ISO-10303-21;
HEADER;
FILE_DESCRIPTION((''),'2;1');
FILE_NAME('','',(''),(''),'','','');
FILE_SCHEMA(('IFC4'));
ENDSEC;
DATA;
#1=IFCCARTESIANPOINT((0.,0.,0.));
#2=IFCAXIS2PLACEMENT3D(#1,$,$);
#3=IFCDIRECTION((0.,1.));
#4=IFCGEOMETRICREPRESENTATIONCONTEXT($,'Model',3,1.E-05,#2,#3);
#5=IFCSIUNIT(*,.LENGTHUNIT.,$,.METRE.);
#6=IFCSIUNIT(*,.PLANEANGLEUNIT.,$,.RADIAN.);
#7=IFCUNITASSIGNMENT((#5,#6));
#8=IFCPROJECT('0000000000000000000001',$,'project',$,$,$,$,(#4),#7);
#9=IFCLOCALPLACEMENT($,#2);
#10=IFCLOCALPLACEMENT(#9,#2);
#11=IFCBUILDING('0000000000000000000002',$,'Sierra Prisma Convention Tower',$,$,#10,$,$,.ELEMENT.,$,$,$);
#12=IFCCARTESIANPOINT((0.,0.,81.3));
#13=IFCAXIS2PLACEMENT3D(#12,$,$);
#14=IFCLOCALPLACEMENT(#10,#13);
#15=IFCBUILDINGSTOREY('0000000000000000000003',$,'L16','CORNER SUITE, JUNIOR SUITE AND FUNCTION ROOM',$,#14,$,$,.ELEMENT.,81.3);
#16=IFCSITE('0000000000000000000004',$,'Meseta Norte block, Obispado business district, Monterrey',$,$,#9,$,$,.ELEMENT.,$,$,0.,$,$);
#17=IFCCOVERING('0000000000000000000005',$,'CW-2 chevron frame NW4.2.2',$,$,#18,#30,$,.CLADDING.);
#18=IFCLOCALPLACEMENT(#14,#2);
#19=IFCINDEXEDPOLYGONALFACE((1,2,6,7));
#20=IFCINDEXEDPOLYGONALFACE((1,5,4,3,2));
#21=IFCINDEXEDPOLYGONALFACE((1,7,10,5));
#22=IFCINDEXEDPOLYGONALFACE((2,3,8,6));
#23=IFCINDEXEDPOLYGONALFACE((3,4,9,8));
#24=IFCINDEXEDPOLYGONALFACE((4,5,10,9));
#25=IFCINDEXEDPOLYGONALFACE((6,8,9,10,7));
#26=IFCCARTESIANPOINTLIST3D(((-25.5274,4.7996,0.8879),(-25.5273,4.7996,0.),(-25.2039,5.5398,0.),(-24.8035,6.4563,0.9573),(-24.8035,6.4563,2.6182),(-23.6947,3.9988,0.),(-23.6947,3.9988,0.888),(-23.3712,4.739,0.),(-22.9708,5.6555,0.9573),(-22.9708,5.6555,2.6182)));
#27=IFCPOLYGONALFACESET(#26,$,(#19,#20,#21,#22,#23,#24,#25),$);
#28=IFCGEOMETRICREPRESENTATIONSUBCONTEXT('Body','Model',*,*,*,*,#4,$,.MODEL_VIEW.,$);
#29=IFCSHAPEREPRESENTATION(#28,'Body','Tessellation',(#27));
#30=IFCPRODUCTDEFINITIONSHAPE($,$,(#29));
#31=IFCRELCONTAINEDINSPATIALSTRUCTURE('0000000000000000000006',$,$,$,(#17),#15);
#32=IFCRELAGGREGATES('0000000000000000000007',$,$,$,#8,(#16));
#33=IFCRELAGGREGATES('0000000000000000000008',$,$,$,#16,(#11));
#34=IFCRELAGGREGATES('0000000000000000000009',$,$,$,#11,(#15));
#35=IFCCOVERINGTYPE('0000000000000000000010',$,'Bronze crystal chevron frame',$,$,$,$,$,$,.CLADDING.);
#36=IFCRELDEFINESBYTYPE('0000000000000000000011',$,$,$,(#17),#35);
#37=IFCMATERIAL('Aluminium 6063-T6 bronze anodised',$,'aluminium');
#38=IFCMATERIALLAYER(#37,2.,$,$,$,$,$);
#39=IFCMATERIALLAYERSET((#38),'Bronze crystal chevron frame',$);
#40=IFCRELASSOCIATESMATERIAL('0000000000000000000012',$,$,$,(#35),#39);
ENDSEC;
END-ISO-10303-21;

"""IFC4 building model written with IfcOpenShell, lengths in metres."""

from ifc_helpers import new_model, si_unit, direction, frame, origin, place, context, subcontext, project, spatial, polyline, outline, extrude, material, layer, layer_set, type_object, element, save


model = new_model("IFC4")

# Units and contexts
model_context = context("Model", 3, precision=1e-05, world=origin(), true_north=direction((0.0, 1.0)))
body_context = subcontext(model_context, "Body", "Model", "MODEL_VIEW")
ifc_project = project(units=[si_unit("LENGTHUNIT", "METRE"), si_unit("PLANEANGLEUNIT", "RADIAN")], contexts=[model_context])

# Site, building, storey
site_placement = place(None, origin())
site = spatial("IfcSite", under=ifc_project, at=site_placement, Name="Meseta Norte block, Obispado business district, Monterrey", CompositionType="ELEMENT", RefElevation=0.0)
building_placement = place(site_placement, origin())
building = spatial("IfcBuilding", under=site, at=building_placement, Name="Sierra Prisma Convention Tower", CompositionType="ELEMENT")
storey_placement = place(building_placement, frame((0.0, 0.0, 81.3)))
storey = spatial("IfcBuildingStorey", under=building, at=storey_placement, Name="L16", Description="CORNER SUITE, JUNIOR SUITE AND FUNCTION ROOM", CompositionType="ELEMENT", Elevation=81.3)

# Covering
ifc_material_1 = material(Name="Aluminium 6063-T6 bronze anodised", Category="aluminium")
ifc_layer_1 = layer(ifc_material_1, 2.0)
ifc_layer_set_1 = layer_set([ifc_layer_1], Name="Bronze crystal chevron frame")
covering_type = type_object("IfcCoveringType", Name="Bronze crystal chevron frame", PredefinedType="CLADDING", material=ifc_layer_set_1)
covering_1_placement = place(storey_placement, frame((-25.5273, 4.7996, 0.0), z_axis=(-0.916346, 0.400388, -0.000017), x_axis=(-0.000016, 0.000007, 1.0)))
element("IfcCovering", 1, at=covering_1_placement, inside=storey, type_object=covering_type, Name="CW-2 chevron frame NW4.2.2", PredefinedType="CLADDING", context=body_context, shape_type="SweptSolid", body=[
    extrude(outline(polyline([(0.0, 0.0), (0.8879, 0.0), (2.6182, 1.808), (0.9573, 1.808), (0.0, 0.8078), (0.0, 0.0)])), origin(), (0.0, 0.0, -1.0), 2.0),
])

save(model, "model.ifc")
